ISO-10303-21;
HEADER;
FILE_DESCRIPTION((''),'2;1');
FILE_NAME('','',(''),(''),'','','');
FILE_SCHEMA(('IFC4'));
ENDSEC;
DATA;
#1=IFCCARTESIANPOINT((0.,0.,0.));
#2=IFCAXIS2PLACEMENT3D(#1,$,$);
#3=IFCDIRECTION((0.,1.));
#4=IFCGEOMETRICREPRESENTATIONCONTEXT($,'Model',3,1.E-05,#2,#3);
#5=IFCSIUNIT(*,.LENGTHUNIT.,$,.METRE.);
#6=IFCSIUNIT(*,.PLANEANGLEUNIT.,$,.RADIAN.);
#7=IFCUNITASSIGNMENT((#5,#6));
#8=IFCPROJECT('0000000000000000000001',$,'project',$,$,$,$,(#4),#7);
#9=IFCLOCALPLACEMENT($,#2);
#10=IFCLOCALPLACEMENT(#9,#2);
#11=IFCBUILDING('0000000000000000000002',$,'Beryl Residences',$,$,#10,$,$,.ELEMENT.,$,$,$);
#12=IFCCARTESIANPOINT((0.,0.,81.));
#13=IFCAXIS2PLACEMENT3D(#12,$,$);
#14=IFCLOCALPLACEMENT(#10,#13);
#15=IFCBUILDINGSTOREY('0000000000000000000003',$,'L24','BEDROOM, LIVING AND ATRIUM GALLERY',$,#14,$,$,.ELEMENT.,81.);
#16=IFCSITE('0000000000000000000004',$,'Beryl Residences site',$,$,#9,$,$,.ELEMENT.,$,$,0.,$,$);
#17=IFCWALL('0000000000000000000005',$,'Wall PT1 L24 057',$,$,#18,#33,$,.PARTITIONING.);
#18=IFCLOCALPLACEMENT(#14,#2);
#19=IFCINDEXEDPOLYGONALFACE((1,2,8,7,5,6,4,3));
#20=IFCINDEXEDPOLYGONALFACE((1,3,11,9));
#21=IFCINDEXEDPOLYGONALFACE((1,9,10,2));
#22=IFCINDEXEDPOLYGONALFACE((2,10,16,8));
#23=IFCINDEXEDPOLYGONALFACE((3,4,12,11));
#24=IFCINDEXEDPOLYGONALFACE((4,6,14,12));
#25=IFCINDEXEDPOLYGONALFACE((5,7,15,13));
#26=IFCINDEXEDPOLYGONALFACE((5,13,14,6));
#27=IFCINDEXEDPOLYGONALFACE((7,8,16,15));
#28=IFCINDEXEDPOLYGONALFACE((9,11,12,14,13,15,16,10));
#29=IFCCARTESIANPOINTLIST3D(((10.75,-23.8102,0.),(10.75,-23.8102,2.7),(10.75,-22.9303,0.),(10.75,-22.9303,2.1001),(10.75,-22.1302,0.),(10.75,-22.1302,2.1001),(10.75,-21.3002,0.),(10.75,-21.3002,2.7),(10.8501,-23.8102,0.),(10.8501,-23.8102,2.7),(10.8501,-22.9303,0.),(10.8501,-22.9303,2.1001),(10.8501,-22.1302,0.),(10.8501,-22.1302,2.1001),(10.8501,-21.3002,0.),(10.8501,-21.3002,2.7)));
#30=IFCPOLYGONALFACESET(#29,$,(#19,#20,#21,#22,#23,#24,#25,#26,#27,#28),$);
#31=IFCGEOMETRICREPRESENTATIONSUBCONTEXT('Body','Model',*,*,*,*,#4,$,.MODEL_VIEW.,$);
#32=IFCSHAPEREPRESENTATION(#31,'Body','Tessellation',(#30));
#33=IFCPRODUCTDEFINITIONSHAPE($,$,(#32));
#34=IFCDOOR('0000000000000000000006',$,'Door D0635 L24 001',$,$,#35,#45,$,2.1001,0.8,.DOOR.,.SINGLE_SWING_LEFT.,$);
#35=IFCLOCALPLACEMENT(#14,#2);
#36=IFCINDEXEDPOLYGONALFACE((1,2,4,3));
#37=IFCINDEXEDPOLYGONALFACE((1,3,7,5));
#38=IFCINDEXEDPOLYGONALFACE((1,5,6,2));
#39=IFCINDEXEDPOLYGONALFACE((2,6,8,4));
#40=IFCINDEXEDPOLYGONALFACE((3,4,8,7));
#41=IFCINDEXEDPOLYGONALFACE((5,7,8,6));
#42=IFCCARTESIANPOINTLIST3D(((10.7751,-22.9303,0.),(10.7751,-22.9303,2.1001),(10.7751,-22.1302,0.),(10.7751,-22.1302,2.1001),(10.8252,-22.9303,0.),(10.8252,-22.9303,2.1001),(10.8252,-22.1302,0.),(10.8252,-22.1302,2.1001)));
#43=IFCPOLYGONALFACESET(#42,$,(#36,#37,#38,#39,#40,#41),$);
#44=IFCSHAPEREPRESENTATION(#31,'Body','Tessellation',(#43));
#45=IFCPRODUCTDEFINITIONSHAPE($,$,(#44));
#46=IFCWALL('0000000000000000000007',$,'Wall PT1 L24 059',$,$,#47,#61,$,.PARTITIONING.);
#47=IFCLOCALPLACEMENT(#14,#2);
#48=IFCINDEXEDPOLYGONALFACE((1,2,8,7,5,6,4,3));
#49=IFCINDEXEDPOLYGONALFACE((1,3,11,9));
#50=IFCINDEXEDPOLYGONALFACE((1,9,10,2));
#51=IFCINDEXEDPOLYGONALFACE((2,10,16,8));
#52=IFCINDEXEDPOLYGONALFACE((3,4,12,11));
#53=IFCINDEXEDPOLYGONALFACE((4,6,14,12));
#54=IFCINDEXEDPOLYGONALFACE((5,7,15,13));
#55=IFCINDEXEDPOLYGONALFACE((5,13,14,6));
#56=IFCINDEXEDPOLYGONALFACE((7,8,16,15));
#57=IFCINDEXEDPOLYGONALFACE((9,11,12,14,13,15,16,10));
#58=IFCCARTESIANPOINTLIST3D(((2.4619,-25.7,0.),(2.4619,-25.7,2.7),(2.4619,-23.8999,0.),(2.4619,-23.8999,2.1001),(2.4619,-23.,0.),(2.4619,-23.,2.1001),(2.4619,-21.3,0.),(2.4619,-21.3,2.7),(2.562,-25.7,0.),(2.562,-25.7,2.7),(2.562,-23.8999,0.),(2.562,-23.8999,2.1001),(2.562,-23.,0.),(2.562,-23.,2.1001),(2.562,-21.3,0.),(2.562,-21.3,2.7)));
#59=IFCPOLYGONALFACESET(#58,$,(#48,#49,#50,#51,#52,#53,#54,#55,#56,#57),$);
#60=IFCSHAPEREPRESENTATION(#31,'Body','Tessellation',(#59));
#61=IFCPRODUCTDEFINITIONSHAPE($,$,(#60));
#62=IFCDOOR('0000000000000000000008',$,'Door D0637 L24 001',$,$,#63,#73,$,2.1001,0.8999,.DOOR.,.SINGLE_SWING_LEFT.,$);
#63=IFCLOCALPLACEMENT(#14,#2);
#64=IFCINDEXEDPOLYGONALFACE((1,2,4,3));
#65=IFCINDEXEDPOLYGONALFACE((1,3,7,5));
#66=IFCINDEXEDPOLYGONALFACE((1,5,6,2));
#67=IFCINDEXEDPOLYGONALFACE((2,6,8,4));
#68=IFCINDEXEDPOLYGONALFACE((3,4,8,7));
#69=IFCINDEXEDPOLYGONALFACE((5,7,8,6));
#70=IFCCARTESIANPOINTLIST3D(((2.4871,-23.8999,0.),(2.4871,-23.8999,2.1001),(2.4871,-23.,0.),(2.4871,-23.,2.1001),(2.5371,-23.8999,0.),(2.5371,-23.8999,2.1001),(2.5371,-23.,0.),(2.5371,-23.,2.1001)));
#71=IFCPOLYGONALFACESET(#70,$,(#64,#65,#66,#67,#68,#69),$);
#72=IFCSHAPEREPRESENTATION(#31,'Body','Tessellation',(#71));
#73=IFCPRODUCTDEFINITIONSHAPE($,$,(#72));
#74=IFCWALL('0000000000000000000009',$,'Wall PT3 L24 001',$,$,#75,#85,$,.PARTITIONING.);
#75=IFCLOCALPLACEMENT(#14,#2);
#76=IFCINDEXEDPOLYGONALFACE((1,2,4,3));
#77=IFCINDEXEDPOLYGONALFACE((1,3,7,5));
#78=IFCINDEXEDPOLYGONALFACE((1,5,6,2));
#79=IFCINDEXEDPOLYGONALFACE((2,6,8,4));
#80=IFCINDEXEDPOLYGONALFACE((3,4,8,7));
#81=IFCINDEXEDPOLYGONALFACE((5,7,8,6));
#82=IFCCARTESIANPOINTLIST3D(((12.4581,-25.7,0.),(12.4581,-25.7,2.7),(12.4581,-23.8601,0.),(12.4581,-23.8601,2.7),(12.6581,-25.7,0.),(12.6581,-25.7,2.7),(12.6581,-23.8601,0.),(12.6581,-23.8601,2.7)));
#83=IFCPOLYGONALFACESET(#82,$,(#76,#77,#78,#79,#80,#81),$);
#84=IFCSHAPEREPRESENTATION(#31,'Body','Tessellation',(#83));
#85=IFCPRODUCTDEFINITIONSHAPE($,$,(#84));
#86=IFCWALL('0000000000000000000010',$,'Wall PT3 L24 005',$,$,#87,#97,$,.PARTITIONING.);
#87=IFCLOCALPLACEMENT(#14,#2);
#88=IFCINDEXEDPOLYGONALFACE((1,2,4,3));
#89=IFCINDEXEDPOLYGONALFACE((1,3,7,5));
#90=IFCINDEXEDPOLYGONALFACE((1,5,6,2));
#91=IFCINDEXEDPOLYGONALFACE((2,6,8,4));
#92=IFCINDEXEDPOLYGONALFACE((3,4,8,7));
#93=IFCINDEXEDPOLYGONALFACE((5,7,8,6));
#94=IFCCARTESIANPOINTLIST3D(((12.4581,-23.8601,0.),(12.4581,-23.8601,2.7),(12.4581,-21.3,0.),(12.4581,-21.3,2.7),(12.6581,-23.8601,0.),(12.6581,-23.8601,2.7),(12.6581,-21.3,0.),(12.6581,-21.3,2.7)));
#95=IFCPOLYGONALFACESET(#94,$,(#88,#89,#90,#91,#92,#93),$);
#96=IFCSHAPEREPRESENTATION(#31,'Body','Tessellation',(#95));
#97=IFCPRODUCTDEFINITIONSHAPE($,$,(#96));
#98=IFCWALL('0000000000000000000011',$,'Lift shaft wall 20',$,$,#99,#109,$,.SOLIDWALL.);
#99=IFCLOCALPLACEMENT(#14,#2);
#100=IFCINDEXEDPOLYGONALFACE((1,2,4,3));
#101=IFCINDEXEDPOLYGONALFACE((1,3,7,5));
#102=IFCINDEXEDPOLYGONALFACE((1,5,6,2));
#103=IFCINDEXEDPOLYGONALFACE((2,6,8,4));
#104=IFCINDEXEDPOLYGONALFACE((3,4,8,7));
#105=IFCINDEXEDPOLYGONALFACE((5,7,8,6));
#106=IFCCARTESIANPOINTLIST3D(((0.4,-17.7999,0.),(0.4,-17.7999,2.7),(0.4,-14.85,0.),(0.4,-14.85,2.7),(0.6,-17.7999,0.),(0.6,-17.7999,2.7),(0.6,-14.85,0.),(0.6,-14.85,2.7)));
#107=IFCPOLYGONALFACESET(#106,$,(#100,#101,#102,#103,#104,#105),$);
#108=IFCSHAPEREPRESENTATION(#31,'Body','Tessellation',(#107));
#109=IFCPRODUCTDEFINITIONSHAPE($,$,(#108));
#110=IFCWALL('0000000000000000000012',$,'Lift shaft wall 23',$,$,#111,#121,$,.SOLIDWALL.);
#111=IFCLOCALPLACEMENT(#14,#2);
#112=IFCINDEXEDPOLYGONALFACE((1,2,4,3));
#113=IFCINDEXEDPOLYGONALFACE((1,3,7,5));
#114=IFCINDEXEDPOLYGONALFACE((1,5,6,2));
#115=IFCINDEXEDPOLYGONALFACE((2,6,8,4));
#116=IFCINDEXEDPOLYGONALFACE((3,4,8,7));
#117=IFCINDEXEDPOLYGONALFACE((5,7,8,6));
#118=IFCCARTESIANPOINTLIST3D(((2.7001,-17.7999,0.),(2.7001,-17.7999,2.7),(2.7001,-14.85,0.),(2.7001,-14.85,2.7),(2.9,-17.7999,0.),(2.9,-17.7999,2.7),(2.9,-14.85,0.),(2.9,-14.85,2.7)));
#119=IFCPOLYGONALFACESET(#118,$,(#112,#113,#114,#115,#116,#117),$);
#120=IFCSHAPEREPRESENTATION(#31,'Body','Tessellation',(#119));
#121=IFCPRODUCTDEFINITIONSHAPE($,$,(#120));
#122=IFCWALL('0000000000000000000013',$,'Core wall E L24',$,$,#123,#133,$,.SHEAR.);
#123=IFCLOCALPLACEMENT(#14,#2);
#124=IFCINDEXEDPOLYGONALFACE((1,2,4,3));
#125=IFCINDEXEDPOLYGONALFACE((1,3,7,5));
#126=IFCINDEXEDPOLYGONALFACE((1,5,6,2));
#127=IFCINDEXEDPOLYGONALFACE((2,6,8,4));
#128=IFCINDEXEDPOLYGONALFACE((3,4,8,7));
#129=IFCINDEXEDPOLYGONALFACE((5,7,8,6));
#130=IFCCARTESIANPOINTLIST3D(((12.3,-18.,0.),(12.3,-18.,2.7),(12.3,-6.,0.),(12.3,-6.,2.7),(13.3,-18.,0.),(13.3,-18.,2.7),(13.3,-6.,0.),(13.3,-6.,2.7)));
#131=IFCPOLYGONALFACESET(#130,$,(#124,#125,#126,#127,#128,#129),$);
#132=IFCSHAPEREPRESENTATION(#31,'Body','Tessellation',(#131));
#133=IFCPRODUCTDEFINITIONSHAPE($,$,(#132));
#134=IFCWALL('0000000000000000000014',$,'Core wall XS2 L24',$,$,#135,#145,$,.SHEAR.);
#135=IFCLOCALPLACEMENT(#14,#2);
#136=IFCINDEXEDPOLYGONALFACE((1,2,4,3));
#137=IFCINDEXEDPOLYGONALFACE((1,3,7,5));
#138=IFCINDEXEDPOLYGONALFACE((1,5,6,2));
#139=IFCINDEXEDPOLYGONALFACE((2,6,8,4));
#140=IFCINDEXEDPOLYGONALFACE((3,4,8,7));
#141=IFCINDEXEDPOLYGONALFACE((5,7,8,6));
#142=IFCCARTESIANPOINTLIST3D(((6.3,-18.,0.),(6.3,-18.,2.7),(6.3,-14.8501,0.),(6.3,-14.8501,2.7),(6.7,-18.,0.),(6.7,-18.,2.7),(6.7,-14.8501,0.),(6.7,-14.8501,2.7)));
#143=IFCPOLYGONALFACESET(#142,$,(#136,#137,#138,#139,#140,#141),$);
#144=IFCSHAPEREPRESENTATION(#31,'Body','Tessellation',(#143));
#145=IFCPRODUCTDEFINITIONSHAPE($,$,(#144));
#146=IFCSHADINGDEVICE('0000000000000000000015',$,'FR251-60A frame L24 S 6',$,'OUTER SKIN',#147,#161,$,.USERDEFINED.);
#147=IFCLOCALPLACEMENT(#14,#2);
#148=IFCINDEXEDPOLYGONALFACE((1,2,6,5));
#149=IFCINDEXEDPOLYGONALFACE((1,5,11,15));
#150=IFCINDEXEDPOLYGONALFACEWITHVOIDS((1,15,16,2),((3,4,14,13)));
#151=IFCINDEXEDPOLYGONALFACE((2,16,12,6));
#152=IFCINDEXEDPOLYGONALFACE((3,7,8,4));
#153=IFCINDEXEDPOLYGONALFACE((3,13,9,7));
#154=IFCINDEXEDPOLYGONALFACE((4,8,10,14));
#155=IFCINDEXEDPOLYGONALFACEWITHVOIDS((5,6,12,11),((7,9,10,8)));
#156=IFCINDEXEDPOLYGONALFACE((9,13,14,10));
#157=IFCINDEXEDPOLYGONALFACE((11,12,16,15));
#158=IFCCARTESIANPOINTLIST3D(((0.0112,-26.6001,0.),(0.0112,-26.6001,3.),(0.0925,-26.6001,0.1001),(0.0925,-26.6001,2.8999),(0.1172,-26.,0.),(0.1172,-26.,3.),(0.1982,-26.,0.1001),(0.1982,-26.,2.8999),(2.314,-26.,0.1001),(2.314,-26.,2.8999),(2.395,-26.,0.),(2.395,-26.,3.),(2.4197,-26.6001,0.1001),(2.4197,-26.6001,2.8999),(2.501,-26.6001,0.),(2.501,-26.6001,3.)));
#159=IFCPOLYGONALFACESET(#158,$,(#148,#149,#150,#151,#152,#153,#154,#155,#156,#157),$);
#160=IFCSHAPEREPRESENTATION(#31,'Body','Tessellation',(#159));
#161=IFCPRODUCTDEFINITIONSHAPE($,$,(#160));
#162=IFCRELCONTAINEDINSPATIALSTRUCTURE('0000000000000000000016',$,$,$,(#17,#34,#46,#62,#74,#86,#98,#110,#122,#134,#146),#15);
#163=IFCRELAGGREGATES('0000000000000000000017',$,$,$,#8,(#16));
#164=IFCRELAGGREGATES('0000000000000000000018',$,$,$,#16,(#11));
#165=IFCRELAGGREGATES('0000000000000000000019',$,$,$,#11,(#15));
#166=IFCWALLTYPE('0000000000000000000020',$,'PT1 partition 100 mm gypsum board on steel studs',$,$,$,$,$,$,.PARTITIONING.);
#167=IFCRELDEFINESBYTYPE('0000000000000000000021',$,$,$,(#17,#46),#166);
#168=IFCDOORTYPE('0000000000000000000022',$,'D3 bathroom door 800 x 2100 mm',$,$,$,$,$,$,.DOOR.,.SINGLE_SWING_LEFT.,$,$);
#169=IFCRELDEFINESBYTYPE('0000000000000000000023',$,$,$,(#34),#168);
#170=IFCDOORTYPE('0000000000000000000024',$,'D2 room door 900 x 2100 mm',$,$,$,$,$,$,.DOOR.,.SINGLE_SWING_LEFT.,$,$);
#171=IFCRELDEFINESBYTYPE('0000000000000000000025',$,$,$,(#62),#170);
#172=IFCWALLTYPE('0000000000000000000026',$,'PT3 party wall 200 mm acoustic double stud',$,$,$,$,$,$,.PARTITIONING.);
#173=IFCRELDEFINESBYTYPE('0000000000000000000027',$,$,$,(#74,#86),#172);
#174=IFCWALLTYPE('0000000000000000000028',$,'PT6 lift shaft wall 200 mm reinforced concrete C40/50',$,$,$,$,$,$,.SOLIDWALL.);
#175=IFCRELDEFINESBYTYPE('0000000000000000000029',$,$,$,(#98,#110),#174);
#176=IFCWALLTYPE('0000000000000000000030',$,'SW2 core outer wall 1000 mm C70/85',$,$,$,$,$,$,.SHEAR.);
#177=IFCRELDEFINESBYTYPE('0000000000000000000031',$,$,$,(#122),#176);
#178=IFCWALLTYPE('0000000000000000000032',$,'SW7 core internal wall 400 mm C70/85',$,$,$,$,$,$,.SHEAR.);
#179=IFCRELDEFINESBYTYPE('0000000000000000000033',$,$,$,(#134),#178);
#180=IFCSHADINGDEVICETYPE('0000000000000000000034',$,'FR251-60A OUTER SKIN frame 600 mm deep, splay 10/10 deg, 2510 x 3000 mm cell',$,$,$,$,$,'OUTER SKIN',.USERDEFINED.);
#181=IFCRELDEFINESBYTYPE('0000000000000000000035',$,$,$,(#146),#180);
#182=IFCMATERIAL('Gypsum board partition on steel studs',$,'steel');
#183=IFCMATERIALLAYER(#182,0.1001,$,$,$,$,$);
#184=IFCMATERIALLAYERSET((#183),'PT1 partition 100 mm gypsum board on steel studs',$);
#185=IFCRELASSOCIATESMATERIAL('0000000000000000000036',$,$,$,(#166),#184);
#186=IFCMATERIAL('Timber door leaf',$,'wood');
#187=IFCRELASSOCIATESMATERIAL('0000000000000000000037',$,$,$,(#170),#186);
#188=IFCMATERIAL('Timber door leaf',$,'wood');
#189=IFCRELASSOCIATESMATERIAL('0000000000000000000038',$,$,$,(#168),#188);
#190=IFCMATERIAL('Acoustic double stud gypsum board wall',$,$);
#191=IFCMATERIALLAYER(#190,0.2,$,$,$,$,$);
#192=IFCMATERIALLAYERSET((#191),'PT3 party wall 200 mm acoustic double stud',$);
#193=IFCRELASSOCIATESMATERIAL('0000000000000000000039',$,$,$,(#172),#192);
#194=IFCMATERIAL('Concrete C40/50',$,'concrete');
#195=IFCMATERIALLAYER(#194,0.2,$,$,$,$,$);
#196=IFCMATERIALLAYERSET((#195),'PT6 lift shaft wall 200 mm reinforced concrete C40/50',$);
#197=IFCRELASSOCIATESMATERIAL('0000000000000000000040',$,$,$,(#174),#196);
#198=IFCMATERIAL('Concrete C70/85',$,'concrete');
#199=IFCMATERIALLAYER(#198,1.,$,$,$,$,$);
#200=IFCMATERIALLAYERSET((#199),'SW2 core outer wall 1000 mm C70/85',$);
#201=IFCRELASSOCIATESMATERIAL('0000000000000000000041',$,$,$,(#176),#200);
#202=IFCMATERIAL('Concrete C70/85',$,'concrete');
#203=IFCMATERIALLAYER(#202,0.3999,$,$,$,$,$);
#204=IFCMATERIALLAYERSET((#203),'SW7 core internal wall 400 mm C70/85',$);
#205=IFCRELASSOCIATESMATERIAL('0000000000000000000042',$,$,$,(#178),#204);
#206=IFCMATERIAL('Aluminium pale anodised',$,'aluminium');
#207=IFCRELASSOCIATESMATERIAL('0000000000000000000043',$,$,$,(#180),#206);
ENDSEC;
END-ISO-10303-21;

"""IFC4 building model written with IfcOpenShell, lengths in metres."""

from ifc_helpers import new_model, entity, si_unit, direction, frame, frame_2d, origin, place, context, subcontext, project, spatial, rectangle, extrude, source, transform, mapped, material, layer, layer_set, type_object, type_shapes, element, fill, save


model = new_model("IFC4")

# Units and contexts
model_context = context("Model", 3, precision=1e-05, world=origin(), true_north=direction((0.0, 1.0)))
body_context = subcontext(model_context, "Body", "Model", "MODEL_VIEW")
ifc_project = project(units=[si_unit("LENGTHUNIT", "METRE"), si_unit("PLANEANGLEUNIT", "RADIAN")], contexts=[model_context])

# Site, building, storey
site_placement = place(None, origin())
site = spatial("IfcSite", under=ifc_project, at=site_placement, Name="Beryl Residences site", CompositionType="ELEMENT", RefElevation=0.0)
building_placement = place(site_placement, origin())
building = spatial("IfcBuilding", under=site, at=building_placement, Name="Beryl Residences", CompositionType="ELEMENT")
storey_placement = place(building_placement, frame((0.0, 0.0, 81.0)))
storey = spatial("IfcBuildingStorey", under=building, at=storey_placement, Name="L24", Description="BEDROOM, LIVING AND ATRIUM GALLERY", CompositionType="ELEMENT", Elevation=81.0)

# Shared definitions
ifc_material_1 = material(Name="Gypsum board partition on steel studs", Category="steel")
ifc_layer_1 = layer(ifc_material_1, 0.1001)
ifc_layer_set_1 = layer_set([ifc_layer_1], Name="PT1 partition 100 mm gypsum board on steel studs")
wall_type_1 = type_object("IfcWallType", Name="PT1 partition 100 mm gypsum board on steel studs", PredefinedType="PARTITIONING", material=ifc_layer_set_1)
ifc_material_2 = material(Name="Timber door leaf", Category="wood")
door_type_1 = type_object("IfcDoorType", Name="D2 room door 900 x 2100 mm", OperationType="SINGLE_SWING_LEFT", PredefinedType="DOOR", material=ifc_material_2)

# Walls, openings, doors
wall_1_placement = place(storey_placement, frame((10.8, -23.8101, 0.0), z_axis=(0.0, 0.0, 1.0), x_axis=(0.0, 1.0, 0.0)))
wall_1 = element("IfcWall", 1, at=wall_1_placement, inside=storey, type_object=wall_type_1, Name="Wall PT1 L24 057", PredefinedType="PARTITIONING", context=body_context, shape_type="SweptSolid", body=[
    extrude(rectangle(XDim=2.51, YDim=0.1001, at=frame_2d((1.2549, 0.0))), origin(), (0.0, 0.0, 1.0), 2.7),
])
opening_1_placement = place(wall_1_placement, frame((0.8799, 0.0, 0.0)))
opening_1 = element("IfcOpeningElement", 2, at=opening_1_placement, cuts=wall_1, PredefinedType="OPENING", context=body_context, shape_type="SweptSolid", body=[
    extrude(rectangle(XDim=0.8, YDim=2.1001, at=frame_2d((0.3999, 1.05))), frame((0.0, 0.0601, 0.0), z_axis=(0.0, -1.0, 0.0), x_axis=(1.0, 0.0, 0.0)), (0.0, 0.0, 1.0), 0.1201),
])
ifc_material_3 = material(Name="Timber door leaf", Category="wood")
door_type_2 = type_object("IfcDoorType", Name="D3 bathroom door 800 x 2100 mm", OperationType="SINGLE_SWING_LEFT", PredefinedType="DOOR", material=ifc_material_3)
door_1_placement = place(opening_1_placement, origin())
door_1 = element("IfcDoor", 3, at=door_1_placement, inside=storey, type_object=door_type_2, Name="Door D0635 L24 001", OperationType="SINGLE_SWING_LEFT", OverallHeight=2.1001, OverallWidth=0.8, PredefinedType="DOOR", context=body_context, shape_type="SweptSolid", body=[
    extrude(rectangle(XDim=0.8, YDim=2.1001, at=frame_2d((0.3999, 1.05))), frame((0.0, 0.0249, 0.0), z_axis=(0.0, -1.0, 0.0), x_axis=(1.0, 0.0, 0.0)), (0.0, 0.0, 1.0), 0.05),
])
fill(opening_1, door_1)
wall_2_placement = place(storey_placement, frame((2.512, -25.7, 0.0), z_axis=(0.0, 0.0, 1.0), x_axis=(0.0, 1.0, 0.0)))
wall_2 = element("IfcWall", 4, at=wall_2_placement, inside=storey, type_object=wall_type_1, Name="Wall PT1 L24 059", PredefinedType="PARTITIONING", context=body_context, shape_type="SweptSolid", body=[
    extrude(rectangle(XDim=4.3999, YDim=0.1001, at=frame_2d((2.2, 0.0))), origin(), (0.0, 0.0, 1.0), 2.7),
])
opening_2_placement = place(wall_2_placement, frame((1.8, 0.0, 0.0)))
opening_2 = element("IfcOpeningElement", 5, at=opening_2_placement, cuts=wall_2, PredefinedType="OPENING", context=body_context, shape_type="SweptSolid", body=[
    extrude(rectangle(XDim=0.8999, YDim=2.1001, at=frame_2d((0.45, 1.05))), frame((0.0, 0.0601, 0.0), z_axis=(0.0, -1.0, 0.0), x_axis=(1.0, 0.0, 0.0)), (0.0, 0.0, 1.0), 0.1201),
])
door_2_placement = place(opening_2_placement, origin())
door_2 = element("IfcDoor", 6, at=door_2_placement, inside=storey, type_object=door_type_1, Name="Door D0637 L24 001", OperationType="SINGLE_SWING_LEFT", OverallHeight=2.1001, OverallWidth=0.8999, PredefinedType="DOOR", context=body_context, shape_type="SweptSolid", body=[
    extrude(rectangle(XDim=0.8999, YDim=2.1001, at=frame_2d((0.45, 1.05))), frame((0.0, 0.0249, 0.0), z_axis=(0.0, -1.0, 0.0), x_axis=(1.0, 0.0, 0.0)), (0.0, 0.0, 1.0), 0.05),
])
fill(opening_2, door_2)

# Walls
ifc_material_4 = material(Name="Acoustic double stud gypsum board wall")
ifc_layer_2 = layer(ifc_material_4, 0.2)
ifc_layer_set_2 = layer_set([ifc_layer_2], Name="PT3 party wall 200 mm acoustic double stud")
wall_type_2 = type_object("IfcWallType", Name="PT3 party wall 200 mm acoustic double stud", PredefinedType="PARTITIONING", material=ifc_layer_set_2)
wall_3_placement = place(storey_placement, frame((12.5581, -23.8601, 0.0), z_axis=(0.0, 0.0, 1.0), x_axis=(0.0, -1.0, 0.0)))
element("IfcWall", 7, at=wall_3_placement, inside=storey, type_object=wall_type_2, Name="Wall PT3 L24 001", PredefinedType="PARTITIONING", context=body_context, shape_type="SweptSolid", body=[
    extrude(rectangle(XDim=1.8398, YDim=0.2, at=frame_2d((0.9199, 0.0))), origin(), (0.0, 0.0, 1.0), 2.7),
])
wall_4_placement = place(storey_placement, frame((12.5581, -23.8601, 0.0), z_axis=(0.0, 0.0, 1.0), x_axis=(0.0, 1.0, 0.0)))
element("IfcWall", 8, at=wall_4_placement, inside=storey, type_object=wall_type_2, Name="Wall PT3 L24 005", PredefinedType="PARTITIONING", context=body_context, shape_type="SweptSolid", body=[
    extrude(rectangle(XDim=2.5601, YDim=0.2, at=frame_2d((1.28, 0.0))), origin(), (0.0, 0.0, 1.0), 2.7),
])
ifc_material_5 = material(Name="Concrete C40/50", Category="concrete")
ifc_layer_3 = layer(ifc_material_5, 0.2)
ifc_layer_set_3 = layer_set([ifc_layer_3], Name="PT6 lift shaft wall 200 mm reinforced concrete C40/50")
wall_type_3 = type_object("IfcWallType", Name="PT6 lift shaft wall 200 mm reinforced concrete C40/50", PredefinedType="SOLIDWALL", material=ifc_layer_set_3)
for number, where, z_axis, x_axis, name in (
    (9, (0.5, -17.8, 0.0), (0.0, 0.0, 1.0), (0.0, 1.0, 0.0), "Lift shaft wall 20"),
    (10, (2.8, -17.8, 0.0), (0.0, 0.0, 1.0), (0.0, 1.0, 0.0), "Lift shaft wall 23"),
):
    element("IfcWall", number, at=place(storey_placement, frame(where, z_axis=z_axis, x_axis=x_axis)), inside=storey, type_object=wall_type_3, Name=name, PredefinedType="SOLIDWALL", context=body_context, shape_type="SweptSolid", body=[
        extrude(rectangle(XDim=2.95, YDim=0.2, at=frame_2d((1.4751, 0.0))), origin(), (0.0, 0.0, 1.0), 2.7),
    ])
ifc_material_6 = material(Name="Concrete C70/85", Category="concrete")
ifc_layer_4 = layer(ifc_material_6, 1.0)
ifc_layer_set_4 = layer_set([ifc_layer_4], Name="SW2 core outer wall 1000 mm C70/85")
wall_type_4 = type_object("IfcWallType", Name="SW2 core outer wall 1000 mm C70/85", PredefinedType="SHEAR", material=ifc_layer_set_4)
wall_5_placement = place(storey_placement, frame((12.8, -18.0, 0.0), z_axis=(0.0, 0.0, 1.0), x_axis=(0.0, 1.0, 0.0)))
element("IfcWall", 11, at=wall_5_placement, inside=storey, type_object=wall_type_4, Name="Core wall E L24", PredefinedType="SHEAR", context=body_context, shape_type="SweptSolid", body=[
    extrude(rectangle(XDim=12.0, YDim=1.0, at=frame_2d((6.0, 0.0))), origin(), (0.0, 0.0, 1.0), 2.7),
])
ifc_material_7 = material(Name="Concrete C70/85", Category="concrete")
ifc_layer_5 = layer(ifc_material_7, 0.3999)
ifc_layer_set_5 = layer_set([ifc_layer_5], Name="SW7 core internal wall 400 mm C70/85")
wall_type_5 = type_object("IfcWallType", Name="SW7 core internal wall 400 mm C70/85", PredefinedType="SHEAR", material=ifc_layer_set_5)
wall_6_placement = place(storey_placement, frame((6.5, -18.0, 0.0), z_axis=(0.0, 0.0, 1.0), x_axis=(0.0, 1.0, 0.0)))
element("IfcWall", 12, at=wall_6_placement, inside=storey, type_object=wall_type_5, Name="Core wall XS2 L24", PredefinedType="SHEAR", context=body_context, shape_type="SweptSolid", body=[
    extrude(rectangle(XDim=3.1499, YDim=0.3999, at=frame_2d((1.575, 0.0))), origin(), (0.0, 0.0, 1.0), 2.7),
])

# Shading device
ifc_material_8 = material(Name="Aluminium pale anodised", Category="aluminium")
shading_device_type = type_object("IfcShadingDeviceType", Name="FR251-60A OUTER SKIN frame 600 mm deep, splay 10/10 deg, 2510 x 3000 mm cell", ElementType="OUTER SKIN", PredefinedType="USERDEFINED", material=ifc_material_8)
cartesian_point_1 = entity("IfcCartesianPoint", [-1.1389, 0.0])
cartesian_point_2 = entity("IfcCartesianPoint", [-1.0579, 0.1001])
cartesian_point_3 = entity("IfcCartesianPoint", [-1.2449, 0.0])
cartesian_point_4 = entity("IfcCartesianPoint", [-1.1636, 0.1001])
shared_shape_1 = source(origin(), body_context, "Body", "SweptSolid", [
    entity("IfcExtrudedAreaSolidTapered", entity("IfcArbitraryProfileDefWithVoids", "AREA", None, entity("IfcPolyline", [cartesian_point_1, entity("IfcCartesianPoint", [1.1389, 0.0]), entity("IfcCartesianPoint", [1.1389, 3.0]), entity("IfcCartesianPoint", [-1.1389, 3.0]), cartesian_point_1]), [entity("IfcPolyline", [cartesian_point_2, entity("IfcCartesianPoint", [1.0579, 0.1001]), entity("IfcCartesianPoint", [1.0579, 2.8999]), entity("IfcCartesianPoint", [-1.0579, 2.8999]), cartesian_point_2])]), entity("IfcAxis2Placement3D", entity("IfcCartesianPoint", [0.0, 0.0, 0.0]), entity("IfcDirection", [0.0, 1.0, 0.0]), entity("IfcDirection", [-1.0, 0.0, 0.0])), entity("IfcDirection", [0.0, 0.0, 1.0]), 0.6001, entity("IfcArbitraryProfileDefWithVoids", "AREA", None, entity("IfcPolyline", [cartesian_point_3, entity("IfcCartesianPoint", [1.2449, 0.0]), entity("IfcCartesianPoint", [1.2449, 3.0]), entity("IfcCartesianPoint", [-1.2449, 3.0]), cartesian_point_3]), [entity("IfcPolyline", [cartesian_point_4, entity("IfcCartesianPoint", [1.1636, 0.1001]), entity("IfcCartesianPoint", [1.1636, 2.8999]), entity("IfcCartesianPoint", [-1.1636, 2.8999]), cartesian_point_4])])),
])
type_shapes(shading_device_type, [shared_shape_1])
for number, where, z_axis, x_axis, name in (
    (13, (1.2561, -26.0, 0.0), (0.0, 0.0, 1.0), (-1.0, 0.0, 0.0), "FR251-60A frame L24 S 6"),
):
    element("IfcShadingDevice", number, at=place(storey_placement, frame(where, z_axis=z_axis, x_axis=x_axis)), inside=storey, type_object=shading_device_type, Name=name, ObjectType="OUTER SKIN", PredefinedType="USERDEFINED", context=body_context, shape_type="MappedRepresentation", body=[
        mapped(shared_shape_1, transform((0.0, 0.0, 0.0))),
    ])

save(model, "model.ifc")
